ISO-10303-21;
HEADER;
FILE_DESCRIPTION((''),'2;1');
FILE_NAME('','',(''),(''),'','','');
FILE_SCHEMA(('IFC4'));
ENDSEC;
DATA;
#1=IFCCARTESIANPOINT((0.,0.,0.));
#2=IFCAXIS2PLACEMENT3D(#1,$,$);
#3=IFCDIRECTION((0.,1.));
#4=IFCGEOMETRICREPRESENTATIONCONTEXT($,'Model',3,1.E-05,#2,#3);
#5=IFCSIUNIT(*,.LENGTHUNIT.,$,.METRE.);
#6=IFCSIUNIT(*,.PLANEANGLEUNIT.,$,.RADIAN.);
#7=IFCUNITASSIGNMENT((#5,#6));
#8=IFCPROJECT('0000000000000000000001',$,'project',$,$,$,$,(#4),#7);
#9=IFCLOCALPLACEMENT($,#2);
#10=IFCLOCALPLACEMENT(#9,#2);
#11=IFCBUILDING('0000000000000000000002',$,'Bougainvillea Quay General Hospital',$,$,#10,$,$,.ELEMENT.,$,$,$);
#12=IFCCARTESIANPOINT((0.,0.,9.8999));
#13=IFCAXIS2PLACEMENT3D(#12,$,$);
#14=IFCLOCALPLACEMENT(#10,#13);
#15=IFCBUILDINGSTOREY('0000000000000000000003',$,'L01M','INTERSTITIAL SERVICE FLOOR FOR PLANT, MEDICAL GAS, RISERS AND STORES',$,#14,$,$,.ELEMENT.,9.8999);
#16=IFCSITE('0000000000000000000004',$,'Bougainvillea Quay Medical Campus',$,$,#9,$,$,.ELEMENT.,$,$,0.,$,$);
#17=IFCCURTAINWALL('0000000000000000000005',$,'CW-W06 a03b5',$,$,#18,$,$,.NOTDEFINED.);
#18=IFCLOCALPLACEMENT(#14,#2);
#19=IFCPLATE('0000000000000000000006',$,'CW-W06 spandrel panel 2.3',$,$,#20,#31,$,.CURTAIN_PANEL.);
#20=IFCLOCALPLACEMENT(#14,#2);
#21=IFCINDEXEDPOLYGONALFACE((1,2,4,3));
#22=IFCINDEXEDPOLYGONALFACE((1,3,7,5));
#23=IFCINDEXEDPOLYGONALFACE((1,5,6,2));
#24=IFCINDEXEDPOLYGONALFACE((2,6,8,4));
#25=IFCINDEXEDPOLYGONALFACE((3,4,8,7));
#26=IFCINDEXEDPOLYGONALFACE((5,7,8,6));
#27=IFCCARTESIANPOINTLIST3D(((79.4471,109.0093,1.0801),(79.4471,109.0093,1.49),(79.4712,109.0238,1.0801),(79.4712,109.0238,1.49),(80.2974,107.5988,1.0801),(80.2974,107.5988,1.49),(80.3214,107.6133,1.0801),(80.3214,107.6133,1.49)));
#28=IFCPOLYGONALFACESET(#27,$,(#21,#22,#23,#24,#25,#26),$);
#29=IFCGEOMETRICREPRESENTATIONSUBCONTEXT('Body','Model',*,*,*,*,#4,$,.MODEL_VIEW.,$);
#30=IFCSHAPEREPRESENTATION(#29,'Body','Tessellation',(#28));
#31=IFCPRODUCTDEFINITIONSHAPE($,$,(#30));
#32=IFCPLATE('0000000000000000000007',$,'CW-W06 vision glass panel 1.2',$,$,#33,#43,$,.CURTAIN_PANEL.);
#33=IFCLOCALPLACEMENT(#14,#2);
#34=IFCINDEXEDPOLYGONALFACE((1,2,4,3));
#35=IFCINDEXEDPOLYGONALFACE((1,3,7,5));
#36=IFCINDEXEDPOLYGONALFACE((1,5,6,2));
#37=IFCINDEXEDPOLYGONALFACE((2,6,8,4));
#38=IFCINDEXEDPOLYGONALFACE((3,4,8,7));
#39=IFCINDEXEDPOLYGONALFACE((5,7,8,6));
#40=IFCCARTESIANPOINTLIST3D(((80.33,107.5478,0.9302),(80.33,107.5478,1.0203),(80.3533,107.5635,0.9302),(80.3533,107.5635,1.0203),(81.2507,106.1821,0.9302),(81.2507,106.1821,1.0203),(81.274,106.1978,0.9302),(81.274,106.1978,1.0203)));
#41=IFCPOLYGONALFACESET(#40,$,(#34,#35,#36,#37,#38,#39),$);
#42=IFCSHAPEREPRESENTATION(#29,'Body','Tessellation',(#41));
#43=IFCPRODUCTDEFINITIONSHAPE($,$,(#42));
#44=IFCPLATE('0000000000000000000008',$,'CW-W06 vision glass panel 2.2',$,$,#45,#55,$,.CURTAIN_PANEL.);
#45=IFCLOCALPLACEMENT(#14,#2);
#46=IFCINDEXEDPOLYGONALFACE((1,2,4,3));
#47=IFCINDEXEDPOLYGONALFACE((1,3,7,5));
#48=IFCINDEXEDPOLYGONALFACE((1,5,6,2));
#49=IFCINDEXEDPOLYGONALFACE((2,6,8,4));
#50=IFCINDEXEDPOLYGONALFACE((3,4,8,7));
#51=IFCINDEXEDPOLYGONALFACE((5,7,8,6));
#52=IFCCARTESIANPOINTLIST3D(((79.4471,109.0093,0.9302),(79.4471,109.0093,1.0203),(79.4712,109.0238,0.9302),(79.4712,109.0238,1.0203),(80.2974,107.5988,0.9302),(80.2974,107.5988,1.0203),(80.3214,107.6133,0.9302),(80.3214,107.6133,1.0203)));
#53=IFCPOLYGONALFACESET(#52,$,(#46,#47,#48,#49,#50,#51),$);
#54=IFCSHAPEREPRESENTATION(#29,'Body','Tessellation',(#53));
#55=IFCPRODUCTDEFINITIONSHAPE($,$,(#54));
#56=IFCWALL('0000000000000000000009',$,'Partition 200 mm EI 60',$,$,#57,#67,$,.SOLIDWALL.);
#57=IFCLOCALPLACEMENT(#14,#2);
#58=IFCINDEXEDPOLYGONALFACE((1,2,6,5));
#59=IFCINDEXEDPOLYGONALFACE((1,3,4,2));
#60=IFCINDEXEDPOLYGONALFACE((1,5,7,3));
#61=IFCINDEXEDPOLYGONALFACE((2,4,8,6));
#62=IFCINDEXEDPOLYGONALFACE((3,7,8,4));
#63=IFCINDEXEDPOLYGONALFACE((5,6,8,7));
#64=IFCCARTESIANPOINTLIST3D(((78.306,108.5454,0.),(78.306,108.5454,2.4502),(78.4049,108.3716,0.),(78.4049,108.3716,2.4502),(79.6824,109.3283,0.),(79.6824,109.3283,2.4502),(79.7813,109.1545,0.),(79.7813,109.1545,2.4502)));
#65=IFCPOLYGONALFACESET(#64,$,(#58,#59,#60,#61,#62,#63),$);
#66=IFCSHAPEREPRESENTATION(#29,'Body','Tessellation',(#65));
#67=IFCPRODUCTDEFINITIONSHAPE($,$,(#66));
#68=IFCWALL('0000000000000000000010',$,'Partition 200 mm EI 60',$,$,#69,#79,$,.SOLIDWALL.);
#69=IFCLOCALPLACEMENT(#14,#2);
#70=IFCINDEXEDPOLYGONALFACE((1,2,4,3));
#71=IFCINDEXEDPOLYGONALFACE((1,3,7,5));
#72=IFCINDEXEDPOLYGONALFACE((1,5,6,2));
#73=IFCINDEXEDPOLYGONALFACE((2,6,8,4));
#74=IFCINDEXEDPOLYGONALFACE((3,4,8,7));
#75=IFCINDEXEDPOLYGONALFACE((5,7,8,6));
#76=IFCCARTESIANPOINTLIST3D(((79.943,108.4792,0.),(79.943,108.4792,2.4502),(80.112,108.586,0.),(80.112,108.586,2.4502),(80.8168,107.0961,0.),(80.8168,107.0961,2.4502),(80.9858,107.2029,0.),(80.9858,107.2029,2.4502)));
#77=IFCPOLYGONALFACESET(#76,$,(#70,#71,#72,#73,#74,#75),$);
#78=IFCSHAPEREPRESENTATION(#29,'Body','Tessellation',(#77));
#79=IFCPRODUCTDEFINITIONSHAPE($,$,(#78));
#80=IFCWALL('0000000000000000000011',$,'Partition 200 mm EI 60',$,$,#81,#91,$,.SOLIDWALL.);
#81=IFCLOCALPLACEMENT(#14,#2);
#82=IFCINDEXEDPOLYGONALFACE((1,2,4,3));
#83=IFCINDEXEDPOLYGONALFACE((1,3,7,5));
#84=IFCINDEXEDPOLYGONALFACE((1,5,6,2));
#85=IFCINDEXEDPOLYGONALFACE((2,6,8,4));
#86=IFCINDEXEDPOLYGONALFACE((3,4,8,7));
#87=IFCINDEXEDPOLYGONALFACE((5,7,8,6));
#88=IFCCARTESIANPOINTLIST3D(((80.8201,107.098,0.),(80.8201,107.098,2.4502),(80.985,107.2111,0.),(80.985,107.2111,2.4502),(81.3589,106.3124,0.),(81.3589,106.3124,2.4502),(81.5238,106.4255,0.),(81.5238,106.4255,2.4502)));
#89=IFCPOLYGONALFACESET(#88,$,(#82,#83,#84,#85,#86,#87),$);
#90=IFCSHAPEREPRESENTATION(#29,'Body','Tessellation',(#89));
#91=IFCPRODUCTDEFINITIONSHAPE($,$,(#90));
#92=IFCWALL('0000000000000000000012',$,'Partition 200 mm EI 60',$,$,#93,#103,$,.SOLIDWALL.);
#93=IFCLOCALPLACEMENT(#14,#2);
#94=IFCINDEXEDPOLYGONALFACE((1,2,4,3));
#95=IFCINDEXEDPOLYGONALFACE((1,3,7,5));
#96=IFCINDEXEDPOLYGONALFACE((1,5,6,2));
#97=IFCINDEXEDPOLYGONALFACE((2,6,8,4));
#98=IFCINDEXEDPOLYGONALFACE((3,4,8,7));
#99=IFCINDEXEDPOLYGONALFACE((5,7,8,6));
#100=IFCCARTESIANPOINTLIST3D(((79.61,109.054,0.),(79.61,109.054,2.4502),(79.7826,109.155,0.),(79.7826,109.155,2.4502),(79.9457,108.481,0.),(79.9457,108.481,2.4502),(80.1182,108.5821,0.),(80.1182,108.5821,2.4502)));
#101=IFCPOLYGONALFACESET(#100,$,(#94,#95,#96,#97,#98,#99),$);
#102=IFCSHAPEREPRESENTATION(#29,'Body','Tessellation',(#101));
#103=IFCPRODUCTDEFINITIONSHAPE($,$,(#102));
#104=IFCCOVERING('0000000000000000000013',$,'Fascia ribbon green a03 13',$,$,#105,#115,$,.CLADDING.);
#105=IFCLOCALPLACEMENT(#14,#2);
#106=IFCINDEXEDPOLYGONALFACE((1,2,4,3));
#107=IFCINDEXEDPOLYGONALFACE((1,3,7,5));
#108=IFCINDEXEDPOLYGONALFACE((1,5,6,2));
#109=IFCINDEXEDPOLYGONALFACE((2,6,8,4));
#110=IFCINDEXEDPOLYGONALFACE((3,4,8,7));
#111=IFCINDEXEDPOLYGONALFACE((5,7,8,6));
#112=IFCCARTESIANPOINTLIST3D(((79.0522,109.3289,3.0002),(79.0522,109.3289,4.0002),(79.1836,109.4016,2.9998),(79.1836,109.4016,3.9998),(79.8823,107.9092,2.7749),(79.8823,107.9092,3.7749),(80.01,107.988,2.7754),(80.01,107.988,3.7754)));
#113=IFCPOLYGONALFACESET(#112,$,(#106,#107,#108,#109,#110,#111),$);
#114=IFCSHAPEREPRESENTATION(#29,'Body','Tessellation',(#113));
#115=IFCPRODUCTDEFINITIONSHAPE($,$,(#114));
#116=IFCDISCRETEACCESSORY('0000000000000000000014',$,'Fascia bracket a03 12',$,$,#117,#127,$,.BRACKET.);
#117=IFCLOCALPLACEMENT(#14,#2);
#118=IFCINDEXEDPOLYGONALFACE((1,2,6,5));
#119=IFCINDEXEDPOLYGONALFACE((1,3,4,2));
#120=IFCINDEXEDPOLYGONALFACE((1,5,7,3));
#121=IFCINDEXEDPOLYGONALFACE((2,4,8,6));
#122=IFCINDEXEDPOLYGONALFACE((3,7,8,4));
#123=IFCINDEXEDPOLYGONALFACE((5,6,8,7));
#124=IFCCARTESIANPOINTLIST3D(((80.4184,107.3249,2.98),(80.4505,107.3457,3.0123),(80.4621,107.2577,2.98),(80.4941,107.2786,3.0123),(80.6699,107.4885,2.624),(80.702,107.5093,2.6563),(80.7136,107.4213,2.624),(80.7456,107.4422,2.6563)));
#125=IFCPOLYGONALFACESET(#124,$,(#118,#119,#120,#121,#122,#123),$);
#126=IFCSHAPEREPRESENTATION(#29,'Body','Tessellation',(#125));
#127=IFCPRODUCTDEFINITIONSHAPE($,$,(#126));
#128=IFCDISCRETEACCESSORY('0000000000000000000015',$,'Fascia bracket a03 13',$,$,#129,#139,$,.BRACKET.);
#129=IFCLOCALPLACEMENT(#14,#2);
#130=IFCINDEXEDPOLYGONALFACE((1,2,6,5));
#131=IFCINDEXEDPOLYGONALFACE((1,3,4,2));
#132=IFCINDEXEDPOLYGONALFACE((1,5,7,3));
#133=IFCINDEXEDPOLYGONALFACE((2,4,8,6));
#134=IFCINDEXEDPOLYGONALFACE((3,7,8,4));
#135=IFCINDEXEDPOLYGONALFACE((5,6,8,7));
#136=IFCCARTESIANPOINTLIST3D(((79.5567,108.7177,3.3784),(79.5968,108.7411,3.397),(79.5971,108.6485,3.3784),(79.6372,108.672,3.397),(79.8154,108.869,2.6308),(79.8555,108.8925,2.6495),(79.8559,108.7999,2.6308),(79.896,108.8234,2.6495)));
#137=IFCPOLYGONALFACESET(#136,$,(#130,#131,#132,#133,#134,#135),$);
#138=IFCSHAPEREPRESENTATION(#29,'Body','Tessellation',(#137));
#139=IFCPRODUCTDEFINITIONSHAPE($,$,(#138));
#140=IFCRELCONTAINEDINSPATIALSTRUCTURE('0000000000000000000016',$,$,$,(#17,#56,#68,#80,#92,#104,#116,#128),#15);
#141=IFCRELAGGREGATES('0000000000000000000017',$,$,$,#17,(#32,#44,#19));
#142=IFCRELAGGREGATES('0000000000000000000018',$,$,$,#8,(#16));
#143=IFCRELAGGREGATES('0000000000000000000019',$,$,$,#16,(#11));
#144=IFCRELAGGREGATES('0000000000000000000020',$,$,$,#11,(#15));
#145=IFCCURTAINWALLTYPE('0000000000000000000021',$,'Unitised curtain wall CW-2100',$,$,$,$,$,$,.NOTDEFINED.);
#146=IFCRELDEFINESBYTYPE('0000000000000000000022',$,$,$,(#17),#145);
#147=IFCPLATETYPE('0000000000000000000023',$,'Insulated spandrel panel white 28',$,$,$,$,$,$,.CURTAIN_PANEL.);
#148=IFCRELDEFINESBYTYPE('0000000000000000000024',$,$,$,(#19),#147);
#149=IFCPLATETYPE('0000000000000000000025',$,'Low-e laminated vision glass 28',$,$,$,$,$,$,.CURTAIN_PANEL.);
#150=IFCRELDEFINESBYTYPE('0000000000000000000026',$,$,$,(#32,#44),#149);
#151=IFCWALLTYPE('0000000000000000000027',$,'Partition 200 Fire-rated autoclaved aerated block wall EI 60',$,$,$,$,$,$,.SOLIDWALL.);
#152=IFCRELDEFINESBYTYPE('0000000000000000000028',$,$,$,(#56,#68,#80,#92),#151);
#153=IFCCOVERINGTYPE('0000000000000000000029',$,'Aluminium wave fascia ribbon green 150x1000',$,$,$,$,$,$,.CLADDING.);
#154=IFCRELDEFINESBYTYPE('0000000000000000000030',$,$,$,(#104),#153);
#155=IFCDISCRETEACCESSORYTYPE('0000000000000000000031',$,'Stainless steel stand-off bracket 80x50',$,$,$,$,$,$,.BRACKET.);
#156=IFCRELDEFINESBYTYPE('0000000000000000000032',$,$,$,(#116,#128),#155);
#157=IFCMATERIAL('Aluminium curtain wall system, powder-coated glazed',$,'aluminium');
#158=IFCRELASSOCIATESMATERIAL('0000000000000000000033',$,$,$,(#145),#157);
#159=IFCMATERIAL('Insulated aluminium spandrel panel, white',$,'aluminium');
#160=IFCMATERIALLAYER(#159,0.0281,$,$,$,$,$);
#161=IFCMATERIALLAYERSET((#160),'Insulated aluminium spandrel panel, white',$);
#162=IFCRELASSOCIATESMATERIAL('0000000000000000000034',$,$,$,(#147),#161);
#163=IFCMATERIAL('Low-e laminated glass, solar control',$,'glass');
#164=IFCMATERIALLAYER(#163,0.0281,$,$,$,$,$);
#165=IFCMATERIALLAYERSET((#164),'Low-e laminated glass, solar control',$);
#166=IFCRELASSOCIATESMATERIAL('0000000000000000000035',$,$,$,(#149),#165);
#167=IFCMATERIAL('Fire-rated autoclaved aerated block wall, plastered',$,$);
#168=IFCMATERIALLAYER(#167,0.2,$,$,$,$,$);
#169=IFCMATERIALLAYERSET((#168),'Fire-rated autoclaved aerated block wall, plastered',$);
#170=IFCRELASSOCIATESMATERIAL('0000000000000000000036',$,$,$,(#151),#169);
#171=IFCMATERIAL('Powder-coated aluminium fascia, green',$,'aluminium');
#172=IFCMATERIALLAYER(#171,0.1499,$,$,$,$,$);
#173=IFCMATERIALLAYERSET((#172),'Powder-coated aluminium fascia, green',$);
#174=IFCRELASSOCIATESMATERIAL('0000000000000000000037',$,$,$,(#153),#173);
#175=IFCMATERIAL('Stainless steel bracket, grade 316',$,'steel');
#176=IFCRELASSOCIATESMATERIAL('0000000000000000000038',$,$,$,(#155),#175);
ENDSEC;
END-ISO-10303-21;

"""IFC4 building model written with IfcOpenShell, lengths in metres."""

from ifc_helpers import new_model, si_unit, direction, frame, frame_2d, origin, origin_2d, place, context, subcontext, project, spatial, polyline, rectangle, outline, extrude, material, layer, layer_set, material_profile, profile_set, type_object, element, aggregate, save


model = new_model("IFC4")

# Units and contexts
model_context = context("Model", 3, precision=1e-05, world=origin(), true_north=direction((0.0, 1.0)))
body_context = subcontext(model_context, "Body", "Model", "MODEL_VIEW")
ifc_project = project(units=[si_unit("LENGTHUNIT", "METRE"), si_unit("PLANEANGLEUNIT", "RADIAN")], contexts=[model_context])

# Site, building, storey
site_placement = place(None, origin())
site = spatial("IfcSite", under=ifc_project, at=site_placement, Name="Bougainvillea Quay Medical Campus", CompositionType="ELEMENT", RefElevation=0.0)
building_placement = place(site_placement, origin())
building = spatial("IfcBuilding", under=site, at=building_placement, Name="Bougainvillea Quay General Hospital", CompositionType="ELEMENT")
storey_placement = place(building_placement, frame((0.0, 0.0, 9.8999)))
storey = spatial("IfcBuildingStorey", under=building, at=storey_placement, Name="L01M", Description="INTERSTITIAL SERVICE FLOOR FOR PLANT, MEDICAL GAS, RISERS AND STORES", CompositionType="ELEMENT", Elevation=9.8999)

# Curtain wall
ifc_material_1 = material(Name="Aluminium curtain wall system, powder-coated glazed", Category="aluminium")
curtain_wall_type = type_object("IfcCurtainWallType", Name="Unitised curtain wall CW-2100", PredefinedType="NOTDEFINED", material=ifc_material_1)
curtain_wall_1_placement = place(storey_placement, origin())
curtain_wall_1 = element("IfcCurtainWall", 1, at=curtain_wall_1_placement, inside=storey, type_object=curtain_wall_type, Name="CW-W06 a03b5", PredefinedType="NOTDEFINED")

# Plates
ifc_material_2 = material(Name="Insulated aluminium spandrel panel, white", Category="aluminium")
ifc_layer_1 = layer(ifc_material_2, 0.0281)
ifc_layer_set_1 = layer_set([ifc_layer_1], Name="Insulated aluminium spandrel panel, white")
plate_type_1 = type_object("IfcPlateType", Name="Insulated spandrel panel white 28", PredefinedType="CURTAIN_PANEL", material=ifc_layer_set_1)
plate_1_placement = place(storey_placement, frame((79.8843, 108.3113, 1.0801), z_axis=(0.0, 0.0, 1.0), x_axis=(-0.516249, 0.856438, 0.0)))
plate_1 = element("IfcPlate", 2, at=plate_1_placement, type_object=plate_type_1, Name="CW-W06 spandrel panel 2.3", PredefinedType="CURTAIN_PANEL", context=body_context, shape_type="SweptSolid", body=[
    extrude(rectangle(XDim=1.647, YDim=0.0281, at=origin_2d()), origin(), (0.0, 0.0, 1.0), 0.4099),
])
ifc_material_3 = material(Name="Low-e laminated glass, solar control", Category="glass")
ifc_layer_2 = layer(ifc_material_3, 0.0281)
ifc_layer_set_2 = layer_set([ifc_layer_2], Name="Low-e laminated glass, solar control")
plate_type_2 = type_object("IfcPlateType", Name="Low-e laminated vision glass 28", PredefinedType="CURTAIN_PANEL", material=ifc_layer_set_2)
plate_2_placement = place(storey_placement, frame((80.802, 106.8728, 0.9302), z_axis=(0.0, 0.0, 1.0), x_axis=(-0.559005, 0.829164, 0.0)))
plate_2 = element("IfcPlate", 3, at=plate_2_placement, type_object=plate_type_2, Name="CW-W06 vision glass panel 1.2", PredefinedType="CURTAIN_PANEL", context=body_context, shape_type="SweptSolid", body=[
    extrude(rectangle(XDim=1.647, YDim=0.0281, at=origin_2d()), origin(), (0.0, 0.0, 1.0), 0.0901),
])
plate_3_placement = place(storey_placement, frame((79.8843, 108.3113, 0.9302), z_axis=(0.0, 0.0, 1.0), x_axis=(-0.516249, 0.856438, 0.0)))
plate_3 = element("IfcPlate", 4, at=plate_3_placement, type_object=plate_type_2, Name="CW-W06 vision glass panel 2.2", PredefinedType="CURTAIN_PANEL", context=body_context, shape_type="SweptSolid", body=[
    extrude(rectangle(XDim=1.647, YDim=0.0281, at=origin_2d()), origin(), (0.0, 0.0, 1.0), 0.0901),
])
aggregate(curtain_wall_1, [plate_2, plate_3, plate_1])

# Walls
ifc_material_4 = material(Name="Fire-rated autoclaved aerated block wall, plastered")
ifc_layer_3 = layer(ifc_material_4, 0.2)
ifc_layer_set_3 = layer_set([ifc_layer_3], Name="Fire-rated autoclaved aerated block wall, plastered")
wall_type = type_object("IfcWallType", Name="Partition 200 Fire-rated autoclaved aerated block wall EI 60", PredefinedType="SOLIDWALL", material=ifc_layer_set_3)
wall_1_placement = place(storey_placement, frame((78.3555, 108.4585, 0.0), z_axis=(0.0, 0.0, 1.0), x_axis=(0.869219, 0.494428, 0.0)))
element("IfcWall", 5, at=wall_1_placement, inside=storey, type_object=wall_type, Name="Partition 200 mm EI 60", PredefinedType="SOLIDWALL", context=body_context, shape_type="SweptSolid", body=[
    extrude(rectangle(XDim=1.5835, YDim=0.2, at=frame_2d((0.7917, 0.0))), origin(), (0.0, 0.0, 1.0), 2.4502),
])
wall_2_placement = place(storey_placement, frame((80.0276, 108.5325, 0.0), z_axis=(0.0, 0.0, 1.0), x_axis=(0.534111, -0.845414, 0.0)))
element("IfcWall", 6, at=wall_2_placement, inside=storey, type_object=wall_type, Name="Partition 200 mm EI 60", PredefinedType="SOLIDWALL", context=body_context, shape_type="SweptSolid", body=[
    extrude(rectangle(XDim=1.636, YDim=0.2, at=frame_2d((0.8179, 0.0))), origin(), (0.0, 0.0, 1.0), 2.4502),
])
wall_3_placement = place(storey_placement, frame((80.9026, 107.1545, 0.0), z_axis=(0.0, 0.0, 1.0), x_axis=(0.565593, -0.824684, 0.0)))
element("IfcWall", 7, at=wall_3_placement, inside=storey, type_object=wall_type, Name="Partition 200 mm EI 60", PredefinedType="SOLIDWALL", context=body_context, shape_type="SweptSolid", body=[
    extrude(rectangle(XDim=0.9526, YDim=0.2, at=frame_2d((0.4763, 0.0))), origin(), (0.0, 0.0, 1.0), 2.4502),
])
wall_4_placement = place(storey_placement, frame((79.6963, 109.1045, 0.0), z_axis=(0.0, 0.0, 1.0), x_axis=(0.505493, -0.862831, 0.0)))
element("IfcWall", 8, at=wall_4_placement, inside=storey, type_object=wall_type, Name="Partition 200 mm EI 60", PredefinedType="SOLIDWALL", context=body_context, shape_type="SweptSolid", body=[
    extrude(rectangle(XDim=0.6641, YDim=0.2, at=frame_2d((0.332, 0.0))), origin(), (0.0, 0.0, 1.0), 2.4502),
])

# Covering
ifc_material_5 = material(Name="Powder-coated aluminium fascia, green", Category="aluminium")
ifc_layer_4 = layer(ifc_material_5, 0.1499)
ifc_layer_set_4 = layer_set([ifc_layer_4], Name="Powder-coated aluminium fascia, green")
covering_type = type_object("IfcCoveringType", Name="Aluminium wave fascia ribbon green 150x1000", PredefinedType="CLADDING", material=ifc_layer_set_4)
covering_placement = place(storey_placement, frame((80.01, 107.988, 2.7754), z_axis=(0.068575, -0.117162, 0.990742), x_axis=(-0.500033, 0.8553, 0.135755)))
element("IfcCovering", 9, at=covering_placement, inside=storey, type_object=covering_type, Name="Fascia ribbon green a03 13", PredefinedType="CLADDING", context=body_context, shape_type="SweptSolid", body=[
    extrude(outline(polyline([(0.0, 0.0), (1.6527, 0.0), (1.6562, 0.1501), (-0.0037, 0.15), (0.0, 0.0)])), origin(), (0.135755, 0.000067, 0.990742), 1.0),
])

# Discrete accessories
ifc_material_6 = material(Name="Stainless steel bracket, grade 316", Category="steel")
ifc_material_profile_1 = material_profile(ifc_material_6, rectangle(XDim=0.0801, YDim=0.05, at=origin_2d()))
ifc_profile_set_1 = profile_set([ifc_material_profile_1], Name="Stainless steel bracket, grade 316")
discrete_accessory_type = type_object("IfcDiscreteAccessoryType", Name="Stainless steel stand-off bracket 80x50", PredefinedType="BRACKET", material=ifc_profile_set_1)
discrete_accessory_1_placement = place(storey_placement, frame((80.7078, 107.4653, 2.6401), z_axis=(-0.540196, -0.35139, 0.764666), x_axis=(0.545274, -0.838258, 0.0)))
element("IfcDiscreteAccessory", 10, at=discrete_accessory_1_placement, inside=storey, type_object=discrete_accessory_type, Name="Fascia bracket a03 12", PredefinedType="BRACKET", context=body_context, shape_type="SweptSolid", body=[
    extrude(rectangle(XDim=0.0801, YDim=0.05, at=origin_2d()), origin(), (0.0, 0.0, 1.0), 0.4656),
])
discrete_accessory_2_placement = place(storey_placement, frame((79.8557, 108.8462, 2.6401), z_axis=(-0.321303, -0.187932, 0.928141), x_axis=(0.504883, -0.863188, 0.0)))
element("IfcDiscreteAccessory", 11, at=discrete_accessory_2_placement, inside=storey, type_object=discrete_accessory_type, Name="Fascia bracket a03 13", PredefinedType="BRACKET", context=body_context, shape_type="SweptSolid", body=[
    extrude(rectangle(XDim=0.0801, YDim=0.05, at=origin_2d()), origin(), (0.0, 0.0, 1.0), 0.8054),
])

save(model, "model.ifc")
